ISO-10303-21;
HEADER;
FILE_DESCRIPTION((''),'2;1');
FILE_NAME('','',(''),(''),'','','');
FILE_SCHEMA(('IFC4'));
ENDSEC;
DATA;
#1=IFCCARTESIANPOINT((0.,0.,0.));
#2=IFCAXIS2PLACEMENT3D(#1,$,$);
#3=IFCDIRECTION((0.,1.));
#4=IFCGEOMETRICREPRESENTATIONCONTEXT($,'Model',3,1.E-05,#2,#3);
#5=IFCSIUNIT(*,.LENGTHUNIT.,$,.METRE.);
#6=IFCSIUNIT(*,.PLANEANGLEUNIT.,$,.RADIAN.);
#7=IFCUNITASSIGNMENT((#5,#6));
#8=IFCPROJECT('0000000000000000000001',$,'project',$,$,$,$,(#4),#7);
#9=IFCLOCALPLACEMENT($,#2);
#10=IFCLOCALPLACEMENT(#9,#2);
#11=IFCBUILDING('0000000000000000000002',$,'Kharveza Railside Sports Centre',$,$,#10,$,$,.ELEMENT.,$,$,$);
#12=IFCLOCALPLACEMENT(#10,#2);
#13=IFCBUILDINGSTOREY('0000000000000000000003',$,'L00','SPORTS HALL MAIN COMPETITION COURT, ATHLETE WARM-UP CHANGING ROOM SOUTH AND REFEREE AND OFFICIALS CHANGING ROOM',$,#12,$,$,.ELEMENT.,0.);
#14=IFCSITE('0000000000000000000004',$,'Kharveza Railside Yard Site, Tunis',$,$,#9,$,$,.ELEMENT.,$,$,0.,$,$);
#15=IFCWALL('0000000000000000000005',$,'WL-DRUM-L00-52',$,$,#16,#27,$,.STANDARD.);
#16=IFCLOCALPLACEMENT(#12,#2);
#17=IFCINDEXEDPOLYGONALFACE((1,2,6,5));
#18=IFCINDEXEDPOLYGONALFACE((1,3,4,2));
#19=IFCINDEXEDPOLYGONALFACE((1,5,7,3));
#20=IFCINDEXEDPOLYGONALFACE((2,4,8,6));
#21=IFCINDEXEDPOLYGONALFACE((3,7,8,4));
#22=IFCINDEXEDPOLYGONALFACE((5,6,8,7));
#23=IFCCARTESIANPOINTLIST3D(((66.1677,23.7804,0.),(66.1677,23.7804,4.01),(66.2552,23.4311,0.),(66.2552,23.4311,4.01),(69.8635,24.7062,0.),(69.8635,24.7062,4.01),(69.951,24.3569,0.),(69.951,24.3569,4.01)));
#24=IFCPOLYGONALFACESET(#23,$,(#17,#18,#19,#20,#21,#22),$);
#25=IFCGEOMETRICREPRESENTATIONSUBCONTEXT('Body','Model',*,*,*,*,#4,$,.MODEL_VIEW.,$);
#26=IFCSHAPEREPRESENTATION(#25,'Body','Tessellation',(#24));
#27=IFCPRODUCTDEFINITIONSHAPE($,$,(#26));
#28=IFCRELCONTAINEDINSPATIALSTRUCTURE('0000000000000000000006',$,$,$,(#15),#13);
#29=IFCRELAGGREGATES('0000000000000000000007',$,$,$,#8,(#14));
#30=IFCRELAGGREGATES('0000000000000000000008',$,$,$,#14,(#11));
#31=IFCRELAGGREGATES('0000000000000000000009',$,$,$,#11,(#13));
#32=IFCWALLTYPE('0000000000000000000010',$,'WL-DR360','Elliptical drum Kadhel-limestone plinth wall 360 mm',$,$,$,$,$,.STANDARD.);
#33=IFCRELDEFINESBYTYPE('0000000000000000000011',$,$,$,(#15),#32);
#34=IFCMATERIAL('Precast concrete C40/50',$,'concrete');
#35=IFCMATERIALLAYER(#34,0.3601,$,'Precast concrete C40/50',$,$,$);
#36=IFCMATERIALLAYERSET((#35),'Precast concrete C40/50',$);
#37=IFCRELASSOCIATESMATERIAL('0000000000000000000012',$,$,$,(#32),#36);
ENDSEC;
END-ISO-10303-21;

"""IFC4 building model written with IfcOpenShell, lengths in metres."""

from ifc_helpers import new_model, si_unit, direction, frame, frame_2d, origin, place, context, subcontext, project, spatial, rectangle, extrude, material, layer, layer_set, type_object, element, save


model = new_model("IFC4")

# Units and contexts
model_context = context("Model", 3, precision=1e-05, world=origin(), true_north=direction((0.0, 1.0)))
body_context = subcontext(model_context, "Body", "Model", "MODEL_VIEW")
ifc_project = project(units=[si_unit("LENGTHUNIT", "METRE"), si_unit("PLANEANGLEUNIT", "RADIAN")], contexts=[model_context])

# Site, building, storey
site_placement = place(None, origin())
site = spatial("IfcSite", under=ifc_project, at=site_placement, Name="Kharveza Railside Yard Site, Tunis", CompositionType="ELEMENT", RefElevation=0.0)
building_placement = place(site_placement, origin())
building = spatial("IfcBuilding", under=site, at=building_placement, Name="Kharveza Railside Sports Centre", CompositionType="ELEMENT")
storey_placement = place(building_placement, origin())
storey = spatial("IfcBuildingStorey", under=building, at=storey_placement, Name="L00", Description="SPORTS HALL MAIN COMPETITION COURT, ATHLETE WARM-UP CHANGING ROOM SOUTH AND REFEREE AND OFFICIALS CHANGING ROOM", CompositionType="ELEMENT", Elevation=0.0)

# Shared definitions
ifc_material_1 = material(Name="Precast concrete C40/50", Category="concrete")

# Shared definitions
ifc_layer = layer(ifc_material_1, 0.3601, Name="Precast concrete C40/50")
ifc_layer_set = layer_set([ifc_layer], Name="Precast concrete C40/50")
wall_type = type_object("IfcWallType", Name="WL-DR360", Description="Elliptical drum Kadhel-limestone plinth wall 360 mm", PredefinedType="STANDARD", material=ifc_layer_set)

# Wall
wall_1_placement = place(storey_placement, frame((66.2114, 23.6057, 0.0), z_axis=(0.0, 0.0, 1.0), x_axis=(0.970029, 0.242988, 0.0)))
element("IfcWall", 1, at=wall_1_placement, inside=storey, type_object=wall_type, Name="WL-DRUM-L00-52", PredefinedType="STANDARD", context=body_context, shape_type="SweptSolid", body=[
    extrude(rectangle(XDim=3.8101, YDim=0.3601, at=frame_2d((1.905, 0.0))), origin(), (0.0, 0.0, 1.0), 4.01),
])

save(model, "model.ifc")
